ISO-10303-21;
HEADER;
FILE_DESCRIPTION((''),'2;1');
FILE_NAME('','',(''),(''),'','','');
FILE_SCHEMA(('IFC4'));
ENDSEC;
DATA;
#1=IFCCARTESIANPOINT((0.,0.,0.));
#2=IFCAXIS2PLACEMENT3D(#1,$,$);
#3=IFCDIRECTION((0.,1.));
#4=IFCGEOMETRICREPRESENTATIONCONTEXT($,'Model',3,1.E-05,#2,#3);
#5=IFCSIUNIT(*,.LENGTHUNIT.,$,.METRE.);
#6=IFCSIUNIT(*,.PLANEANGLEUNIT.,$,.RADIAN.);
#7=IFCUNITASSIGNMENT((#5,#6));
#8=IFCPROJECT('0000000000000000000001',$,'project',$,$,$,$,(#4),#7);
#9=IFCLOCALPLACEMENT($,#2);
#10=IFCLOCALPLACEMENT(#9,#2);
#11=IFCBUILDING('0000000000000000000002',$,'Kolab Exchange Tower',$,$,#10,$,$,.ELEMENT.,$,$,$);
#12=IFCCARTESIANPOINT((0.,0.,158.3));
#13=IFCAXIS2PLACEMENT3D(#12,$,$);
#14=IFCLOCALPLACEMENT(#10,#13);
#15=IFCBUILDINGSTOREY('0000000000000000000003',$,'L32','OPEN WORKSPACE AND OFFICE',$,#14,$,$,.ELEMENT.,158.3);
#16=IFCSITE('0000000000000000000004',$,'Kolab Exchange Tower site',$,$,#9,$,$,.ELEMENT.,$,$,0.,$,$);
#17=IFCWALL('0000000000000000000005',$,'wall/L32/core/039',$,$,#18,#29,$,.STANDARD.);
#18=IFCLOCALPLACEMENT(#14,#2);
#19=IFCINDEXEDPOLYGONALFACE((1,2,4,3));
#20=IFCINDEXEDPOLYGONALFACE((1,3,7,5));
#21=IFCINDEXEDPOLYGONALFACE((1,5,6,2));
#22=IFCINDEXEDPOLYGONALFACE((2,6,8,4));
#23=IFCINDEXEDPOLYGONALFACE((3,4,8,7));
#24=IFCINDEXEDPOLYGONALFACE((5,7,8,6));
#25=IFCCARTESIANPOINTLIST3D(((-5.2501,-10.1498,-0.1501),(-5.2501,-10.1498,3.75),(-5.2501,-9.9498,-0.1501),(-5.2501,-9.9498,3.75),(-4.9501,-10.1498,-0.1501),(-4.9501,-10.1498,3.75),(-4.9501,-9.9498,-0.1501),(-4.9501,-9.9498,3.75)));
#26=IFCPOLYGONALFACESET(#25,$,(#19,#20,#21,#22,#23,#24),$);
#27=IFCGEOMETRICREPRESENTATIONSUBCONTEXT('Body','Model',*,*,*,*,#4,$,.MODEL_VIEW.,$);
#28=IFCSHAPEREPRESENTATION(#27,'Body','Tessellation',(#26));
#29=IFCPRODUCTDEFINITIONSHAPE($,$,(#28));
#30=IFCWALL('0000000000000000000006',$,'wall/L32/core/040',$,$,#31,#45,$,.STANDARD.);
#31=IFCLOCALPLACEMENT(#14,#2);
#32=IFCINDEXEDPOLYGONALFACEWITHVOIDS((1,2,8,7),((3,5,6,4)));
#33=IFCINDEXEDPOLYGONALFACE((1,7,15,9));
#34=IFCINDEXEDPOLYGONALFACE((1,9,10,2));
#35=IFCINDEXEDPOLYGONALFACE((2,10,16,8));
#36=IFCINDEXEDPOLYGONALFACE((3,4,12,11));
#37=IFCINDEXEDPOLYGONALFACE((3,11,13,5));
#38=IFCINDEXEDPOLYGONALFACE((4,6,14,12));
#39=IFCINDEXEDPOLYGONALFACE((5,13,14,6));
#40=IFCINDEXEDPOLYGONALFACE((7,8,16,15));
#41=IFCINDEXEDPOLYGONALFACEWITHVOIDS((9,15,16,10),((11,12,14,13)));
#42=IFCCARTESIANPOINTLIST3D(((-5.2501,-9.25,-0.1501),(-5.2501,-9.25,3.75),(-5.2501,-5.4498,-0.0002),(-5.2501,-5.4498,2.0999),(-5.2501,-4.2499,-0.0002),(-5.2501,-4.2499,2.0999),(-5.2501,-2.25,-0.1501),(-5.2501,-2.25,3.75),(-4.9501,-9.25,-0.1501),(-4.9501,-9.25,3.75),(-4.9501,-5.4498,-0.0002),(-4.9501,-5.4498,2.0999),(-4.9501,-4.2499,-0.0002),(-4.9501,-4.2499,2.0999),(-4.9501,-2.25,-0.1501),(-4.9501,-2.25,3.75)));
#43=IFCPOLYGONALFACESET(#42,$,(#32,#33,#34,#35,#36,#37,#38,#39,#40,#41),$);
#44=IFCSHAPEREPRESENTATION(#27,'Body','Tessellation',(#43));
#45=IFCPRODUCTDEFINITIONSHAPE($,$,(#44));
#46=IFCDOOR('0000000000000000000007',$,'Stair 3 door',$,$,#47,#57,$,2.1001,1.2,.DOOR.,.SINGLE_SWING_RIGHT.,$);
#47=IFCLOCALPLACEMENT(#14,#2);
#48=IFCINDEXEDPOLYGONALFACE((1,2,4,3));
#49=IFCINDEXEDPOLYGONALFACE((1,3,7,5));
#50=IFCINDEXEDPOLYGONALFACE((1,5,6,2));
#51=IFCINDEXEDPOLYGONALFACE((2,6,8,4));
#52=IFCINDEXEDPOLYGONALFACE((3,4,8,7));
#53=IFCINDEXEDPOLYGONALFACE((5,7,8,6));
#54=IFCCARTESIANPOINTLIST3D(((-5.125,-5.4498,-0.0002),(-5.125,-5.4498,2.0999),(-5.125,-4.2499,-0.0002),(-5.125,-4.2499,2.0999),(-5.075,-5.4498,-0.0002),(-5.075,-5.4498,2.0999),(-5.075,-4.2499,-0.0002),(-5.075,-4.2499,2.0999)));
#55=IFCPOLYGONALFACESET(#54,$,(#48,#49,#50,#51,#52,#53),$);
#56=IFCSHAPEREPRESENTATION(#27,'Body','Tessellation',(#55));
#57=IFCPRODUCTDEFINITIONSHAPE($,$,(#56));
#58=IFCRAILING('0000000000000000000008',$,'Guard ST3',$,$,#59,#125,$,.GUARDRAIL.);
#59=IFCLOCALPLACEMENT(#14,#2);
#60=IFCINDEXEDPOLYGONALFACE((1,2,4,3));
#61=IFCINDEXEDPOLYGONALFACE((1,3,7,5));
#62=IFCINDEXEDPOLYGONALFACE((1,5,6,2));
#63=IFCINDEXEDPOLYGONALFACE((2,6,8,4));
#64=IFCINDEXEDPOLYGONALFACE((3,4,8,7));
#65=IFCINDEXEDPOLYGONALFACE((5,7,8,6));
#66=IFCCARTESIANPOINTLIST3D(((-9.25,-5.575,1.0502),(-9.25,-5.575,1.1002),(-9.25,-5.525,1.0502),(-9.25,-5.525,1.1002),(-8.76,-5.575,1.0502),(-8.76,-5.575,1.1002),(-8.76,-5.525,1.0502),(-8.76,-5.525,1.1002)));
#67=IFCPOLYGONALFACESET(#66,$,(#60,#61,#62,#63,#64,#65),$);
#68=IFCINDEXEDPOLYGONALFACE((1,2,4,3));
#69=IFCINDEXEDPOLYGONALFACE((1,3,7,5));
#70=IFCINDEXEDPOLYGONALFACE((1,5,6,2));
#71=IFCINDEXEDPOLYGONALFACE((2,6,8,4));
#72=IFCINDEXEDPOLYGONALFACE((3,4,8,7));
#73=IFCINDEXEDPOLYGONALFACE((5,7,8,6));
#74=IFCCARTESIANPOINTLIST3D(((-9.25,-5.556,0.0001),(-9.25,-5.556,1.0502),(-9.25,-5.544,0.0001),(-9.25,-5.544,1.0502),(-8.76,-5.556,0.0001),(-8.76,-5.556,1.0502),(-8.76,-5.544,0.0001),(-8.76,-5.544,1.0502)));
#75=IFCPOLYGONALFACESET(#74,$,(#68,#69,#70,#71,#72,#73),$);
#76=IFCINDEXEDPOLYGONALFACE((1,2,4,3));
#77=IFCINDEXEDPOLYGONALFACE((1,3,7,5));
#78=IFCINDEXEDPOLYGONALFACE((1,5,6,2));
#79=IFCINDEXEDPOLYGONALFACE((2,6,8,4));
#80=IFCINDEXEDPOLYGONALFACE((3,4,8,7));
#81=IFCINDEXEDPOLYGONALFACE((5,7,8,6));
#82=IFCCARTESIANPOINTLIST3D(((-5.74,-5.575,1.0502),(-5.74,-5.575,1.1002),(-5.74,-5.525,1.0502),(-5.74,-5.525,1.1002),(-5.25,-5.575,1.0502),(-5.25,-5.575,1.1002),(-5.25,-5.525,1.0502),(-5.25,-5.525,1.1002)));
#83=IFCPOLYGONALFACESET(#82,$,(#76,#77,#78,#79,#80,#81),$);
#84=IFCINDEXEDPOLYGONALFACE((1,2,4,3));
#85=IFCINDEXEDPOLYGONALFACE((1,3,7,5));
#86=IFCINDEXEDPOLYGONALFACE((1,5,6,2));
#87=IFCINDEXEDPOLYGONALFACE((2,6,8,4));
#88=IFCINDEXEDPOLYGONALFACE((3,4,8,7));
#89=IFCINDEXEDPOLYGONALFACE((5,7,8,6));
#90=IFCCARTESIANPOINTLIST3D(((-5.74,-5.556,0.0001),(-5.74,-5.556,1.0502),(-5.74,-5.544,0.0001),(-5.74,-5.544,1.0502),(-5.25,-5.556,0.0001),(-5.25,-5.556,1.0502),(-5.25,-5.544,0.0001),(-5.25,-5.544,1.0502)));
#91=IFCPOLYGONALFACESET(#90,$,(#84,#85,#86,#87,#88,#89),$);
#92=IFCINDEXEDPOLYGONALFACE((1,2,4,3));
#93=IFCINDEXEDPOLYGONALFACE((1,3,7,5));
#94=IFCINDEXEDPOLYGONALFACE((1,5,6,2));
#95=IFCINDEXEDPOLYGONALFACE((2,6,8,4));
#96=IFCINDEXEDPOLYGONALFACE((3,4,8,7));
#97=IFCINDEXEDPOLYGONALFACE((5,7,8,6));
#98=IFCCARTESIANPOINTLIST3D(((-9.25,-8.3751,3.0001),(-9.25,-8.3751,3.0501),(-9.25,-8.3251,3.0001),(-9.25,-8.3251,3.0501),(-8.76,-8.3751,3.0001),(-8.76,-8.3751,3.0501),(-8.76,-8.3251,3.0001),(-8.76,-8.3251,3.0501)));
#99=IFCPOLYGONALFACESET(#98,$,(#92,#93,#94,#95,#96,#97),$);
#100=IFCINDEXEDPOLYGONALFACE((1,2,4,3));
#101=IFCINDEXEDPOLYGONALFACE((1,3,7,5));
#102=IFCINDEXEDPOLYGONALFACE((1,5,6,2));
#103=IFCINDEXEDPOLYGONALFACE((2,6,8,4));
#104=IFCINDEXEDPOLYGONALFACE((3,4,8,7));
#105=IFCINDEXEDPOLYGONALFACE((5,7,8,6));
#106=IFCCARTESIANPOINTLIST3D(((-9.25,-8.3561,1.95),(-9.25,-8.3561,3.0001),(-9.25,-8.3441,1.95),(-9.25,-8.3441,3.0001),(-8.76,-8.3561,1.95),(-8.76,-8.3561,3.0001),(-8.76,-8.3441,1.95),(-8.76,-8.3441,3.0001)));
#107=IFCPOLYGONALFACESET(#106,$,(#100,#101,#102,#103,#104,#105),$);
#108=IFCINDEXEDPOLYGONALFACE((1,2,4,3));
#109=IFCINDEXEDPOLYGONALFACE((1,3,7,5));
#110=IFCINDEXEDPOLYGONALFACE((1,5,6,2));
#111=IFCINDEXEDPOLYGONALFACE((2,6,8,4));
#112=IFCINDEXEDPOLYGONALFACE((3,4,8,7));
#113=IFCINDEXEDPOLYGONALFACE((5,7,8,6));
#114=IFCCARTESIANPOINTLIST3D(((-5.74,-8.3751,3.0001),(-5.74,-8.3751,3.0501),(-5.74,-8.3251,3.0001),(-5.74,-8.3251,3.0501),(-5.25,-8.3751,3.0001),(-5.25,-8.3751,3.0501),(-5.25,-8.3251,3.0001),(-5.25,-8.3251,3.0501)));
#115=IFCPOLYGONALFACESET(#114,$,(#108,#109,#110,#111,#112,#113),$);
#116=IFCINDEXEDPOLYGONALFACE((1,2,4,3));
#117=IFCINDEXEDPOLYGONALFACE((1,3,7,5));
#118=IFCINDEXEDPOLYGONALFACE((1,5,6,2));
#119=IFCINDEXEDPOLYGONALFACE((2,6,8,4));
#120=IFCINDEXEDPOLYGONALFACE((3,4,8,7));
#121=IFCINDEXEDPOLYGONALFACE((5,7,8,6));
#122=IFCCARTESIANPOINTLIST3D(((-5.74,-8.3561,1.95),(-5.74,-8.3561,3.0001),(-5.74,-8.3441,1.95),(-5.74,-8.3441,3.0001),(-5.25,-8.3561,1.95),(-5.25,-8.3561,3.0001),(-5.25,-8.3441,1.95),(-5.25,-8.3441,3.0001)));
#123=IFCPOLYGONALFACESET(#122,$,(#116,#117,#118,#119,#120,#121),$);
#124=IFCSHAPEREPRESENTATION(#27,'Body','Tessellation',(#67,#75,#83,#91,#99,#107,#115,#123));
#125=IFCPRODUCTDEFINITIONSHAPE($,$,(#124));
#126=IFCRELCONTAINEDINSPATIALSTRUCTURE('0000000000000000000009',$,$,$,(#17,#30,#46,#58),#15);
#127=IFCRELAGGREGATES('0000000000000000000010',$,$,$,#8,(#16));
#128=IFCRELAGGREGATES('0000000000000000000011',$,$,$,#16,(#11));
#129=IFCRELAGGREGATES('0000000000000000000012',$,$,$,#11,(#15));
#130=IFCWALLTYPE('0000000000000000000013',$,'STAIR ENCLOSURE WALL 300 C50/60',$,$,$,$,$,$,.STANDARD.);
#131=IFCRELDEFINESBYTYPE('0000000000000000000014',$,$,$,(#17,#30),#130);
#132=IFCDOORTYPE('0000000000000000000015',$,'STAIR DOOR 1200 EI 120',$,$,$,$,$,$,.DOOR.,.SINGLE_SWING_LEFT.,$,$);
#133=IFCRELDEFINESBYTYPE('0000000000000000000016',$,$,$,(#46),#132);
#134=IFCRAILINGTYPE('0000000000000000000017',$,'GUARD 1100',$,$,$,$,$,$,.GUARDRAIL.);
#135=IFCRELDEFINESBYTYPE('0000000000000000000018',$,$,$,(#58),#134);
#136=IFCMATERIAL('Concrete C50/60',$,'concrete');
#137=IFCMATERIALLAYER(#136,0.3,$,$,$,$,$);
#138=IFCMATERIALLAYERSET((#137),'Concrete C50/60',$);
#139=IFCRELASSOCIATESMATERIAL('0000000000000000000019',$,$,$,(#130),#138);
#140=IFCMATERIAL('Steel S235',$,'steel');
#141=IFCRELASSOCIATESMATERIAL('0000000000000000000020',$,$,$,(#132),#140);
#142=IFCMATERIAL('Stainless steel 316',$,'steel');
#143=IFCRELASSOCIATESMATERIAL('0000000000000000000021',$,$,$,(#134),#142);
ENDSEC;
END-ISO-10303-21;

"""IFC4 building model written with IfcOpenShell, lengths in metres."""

from ifc_helpers import new_model, si_unit, direction, frame, frame_2d, origin, origin_2d, place, context, subcontext, project, spatial, rectangle, extrude, material, layer, layer_set, type_object, element, fill, save


model = new_model("IFC4")

# Units and contexts
model_context = context("Model", 3, precision=1e-05, world=origin(), true_north=direction((0.0, 1.0)))
body_context = subcontext(model_context, "Body", "Model", "MODEL_VIEW")
ifc_project = project(units=[si_unit("LENGTHUNIT", "METRE"), si_unit("PLANEANGLEUNIT", "RADIAN")], contexts=[model_context])

# Site, building, storey
site_placement = place(None, origin())
site = spatial("IfcSite", under=ifc_project, at=site_placement, Name="Kolab Exchange Tower site", CompositionType="ELEMENT", RefElevation=0.0)
building_placement = place(site_placement, origin())
building = spatial("IfcBuilding", under=site, at=building_placement, Name="Kolab Exchange Tower", CompositionType="ELEMENT")
storey_placement = place(building_placement, frame((0.0, 0.0, 158.3)))
storey = spatial("IfcBuildingStorey", under=building, at=storey_placement, Name="L32", Description="OPEN WORKSPACE AND OFFICE", CompositionType="ELEMENT", Elevation=158.3)

# Shared definitions
ifc_material_1 = material(Name="Steel S235", Category="steel")

# Shared definitions
ifc_material_2 = material(Name="Concrete C50/60", Category="concrete")
ifc_material_3 = material(Name="Stainless steel 316", Category="steel")

# Wall
ifc_layer_1 = layer(ifc_material_2, 0.3)
ifc_layer_set_1 = layer_set([ifc_layer_1], Name="Concrete C50/60")
wall_type_1 = type_object("IfcWallType", Name="STAIR ENCLOSURE WALL 300 C50/60", PredefinedType="STANDARD", material=ifc_layer_set_1)
wall_1_placement = place(storey_placement, frame((-5.1001, -10.1499, -0.1501), z_axis=(0.0, 0.0, 1.0), x_axis=(0.0, 1.0, 0.0)))
element("IfcWall", 1, at=wall_1_placement, inside=storey, type_object=wall_type_1, Name="wall/L32/core/039", PredefinedType="STANDARD", context=body_context, shape_type="SweptSolid", body=[
    extrude(rectangle(XDim=0.2, YDim=0.3, at=frame_2d((0.1001, 0.0))), origin(), (0.0, 0.0, 1.0), 3.9001),
])

# Wall, opening, door
wall_2_placement = place(storey_placement, frame((-5.1001, -9.25, -0.1501), z_axis=(0.0, 0.0, 1.0), x_axis=(0.0, 1.0, 0.0)))
wall_2 = element("IfcWall", 2, at=wall_2_placement, inside=storey, type_object=wall_type_1, Name="wall/L32/core/040", PredefinedType="STANDARD", context=body_context, shape_type="SweptSolid", body=[
    extrude(rectangle(XDim=7.0, YDim=0.3, at=frame_2d((3.5, 0.0))), origin(), (0.0, 0.0, 1.0), 3.9001),
])
opening_1_placement = place(wall_2_placement, frame((3.8, 0.0, 0.1499)))
opening_1 = element("IfcOpeningElement", 3, at=opening_1_placement, cuts=wall_2, PredefinedType="OPENING", context=body_context, shape_type="SweptSolid", body=[
    extrude(rectangle(XDim=1.2, YDim=2.1001, at=frame_2d((0.6001, 1.05))), frame((0.0, 0.1602, 0.0), z_axis=(0.0, -1.0, 0.0), x_axis=(1.0, 0.0, 0.0)), (0.0, 0.0, 1.0), 0.3201),
])
door_type_1 = type_object("IfcDoorType", Name="STAIR DOOR 1200 EI 120", OperationType="SINGLE_SWING_LEFT", PredefinedType="DOOR", material=ifc_material_1)
door_1_placement = place(opening_1_placement, origin())
door_1 = element("IfcDoor", 4, at=door_1_placement, inside=storey, type_object=door_type_1, Name="Stair 3 door", OperationType="SINGLE_SWING_RIGHT", OverallHeight=2.1001, OverallWidth=1.2, PredefinedType="DOOR", context=body_context, shape_type="SweptSolid", body=[
    extrude(rectangle(XDim=1.2, YDim=2.1001, at=frame_2d((0.6001, 1.05))), frame((0.0, 0.0249, 0.0), z_axis=(0.0, -1.0, 0.0), x_axis=(1.0, 0.0, 0.0)), (0.0, 0.0, 1.0), 0.05),
])
fill(opening_1, door_1)

# Railing
railing_type = type_object("IfcRailingType", Name="GUARD 1100", PredefinedType="GUARDRAIL", material=ifc_material_3)
railing_placement = place(storey_placement, frame((-9.25, -5.55, 0.0)))
element("IfcRailing", 5, at=railing_placement, inside=storey, type_object=railing_type, Name="Guard ST3", PredefinedType="GUARDRAIL", context=body_context, shape_type="SweptSolid", body=[
    extrude(rectangle(XDim=0.05, YDim=0.05, at=origin_2d()), frame((0.0, 0.0, 1.0752), z_axis=(1.0, 0.0, 0.0), x_axis=(0.0, 1.0, 0.0)), (0.0, 0.0, 1.0), 0.49),
    extrude(rectangle(XDim=0.012, YDim=1.0501, at=frame_2d((0.0, 0.5251))), frame((0.0, 0.0, 0.0), z_axis=(1.0, 0.0, 0.0), x_axis=(0.0, 1.0, 0.0)), (0.0, 0.0, 1.0), 0.49),
    extrude(rectangle(XDim=0.05, YDim=0.05, at=origin_2d()), frame((3.51, 0.0, 1.0752), z_axis=(1.0, 0.0, 0.0), x_axis=(0.0, 1.0, 0.0)), (0.0, 0.0, 1.0), 0.49),
    extrude(rectangle(XDim=0.012, YDim=1.0501, at=frame_2d((0.0, 0.5251))), frame((3.51, 0.0, 0.0), z_axis=(1.0, 0.0, 0.0), x_axis=(0.0, 1.0, 0.0)), (0.0, 0.0, 1.0), 0.49),
    extrude(rectangle(XDim=0.05, YDim=0.05, at=origin_2d()), frame((0.0, -2.8, 3.0251), z_axis=(1.0, 0.0, 0.0), x_axis=(0.0, 1.0, 0.0)), (0.0, 0.0, 1.0), 0.49),
    extrude(rectangle(XDim=0.012, YDim=1.0501, at=frame_2d((0.0, 0.5251))), frame((0.0, -2.8, 1.95), z_axis=(1.0, 0.0, 0.0), x_axis=(0.0, 1.0, 0.0)), (0.0, 0.0, 1.0), 0.49),
    extrude(rectangle(XDim=0.05, YDim=0.05, at=origin_2d()), frame((3.51, -2.8, 3.0251), z_axis=(1.0, 0.0, 0.0), x_axis=(0.0, 1.0, 0.0)), (0.0, 0.0, 1.0), 0.49),
    extrude(rectangle(XDim=0.012, YDim=1.0501, at=frame_2d((0.0, 0.5251))), frame((3.51, -2.8, 1.95), z_axis=(1.0, 0.0, 0.0), x_axis=(0.0, 1.0, 0.0)), (0.0, 0.0, 1.0), 0.49),
])

save(model, "model.ifc")
